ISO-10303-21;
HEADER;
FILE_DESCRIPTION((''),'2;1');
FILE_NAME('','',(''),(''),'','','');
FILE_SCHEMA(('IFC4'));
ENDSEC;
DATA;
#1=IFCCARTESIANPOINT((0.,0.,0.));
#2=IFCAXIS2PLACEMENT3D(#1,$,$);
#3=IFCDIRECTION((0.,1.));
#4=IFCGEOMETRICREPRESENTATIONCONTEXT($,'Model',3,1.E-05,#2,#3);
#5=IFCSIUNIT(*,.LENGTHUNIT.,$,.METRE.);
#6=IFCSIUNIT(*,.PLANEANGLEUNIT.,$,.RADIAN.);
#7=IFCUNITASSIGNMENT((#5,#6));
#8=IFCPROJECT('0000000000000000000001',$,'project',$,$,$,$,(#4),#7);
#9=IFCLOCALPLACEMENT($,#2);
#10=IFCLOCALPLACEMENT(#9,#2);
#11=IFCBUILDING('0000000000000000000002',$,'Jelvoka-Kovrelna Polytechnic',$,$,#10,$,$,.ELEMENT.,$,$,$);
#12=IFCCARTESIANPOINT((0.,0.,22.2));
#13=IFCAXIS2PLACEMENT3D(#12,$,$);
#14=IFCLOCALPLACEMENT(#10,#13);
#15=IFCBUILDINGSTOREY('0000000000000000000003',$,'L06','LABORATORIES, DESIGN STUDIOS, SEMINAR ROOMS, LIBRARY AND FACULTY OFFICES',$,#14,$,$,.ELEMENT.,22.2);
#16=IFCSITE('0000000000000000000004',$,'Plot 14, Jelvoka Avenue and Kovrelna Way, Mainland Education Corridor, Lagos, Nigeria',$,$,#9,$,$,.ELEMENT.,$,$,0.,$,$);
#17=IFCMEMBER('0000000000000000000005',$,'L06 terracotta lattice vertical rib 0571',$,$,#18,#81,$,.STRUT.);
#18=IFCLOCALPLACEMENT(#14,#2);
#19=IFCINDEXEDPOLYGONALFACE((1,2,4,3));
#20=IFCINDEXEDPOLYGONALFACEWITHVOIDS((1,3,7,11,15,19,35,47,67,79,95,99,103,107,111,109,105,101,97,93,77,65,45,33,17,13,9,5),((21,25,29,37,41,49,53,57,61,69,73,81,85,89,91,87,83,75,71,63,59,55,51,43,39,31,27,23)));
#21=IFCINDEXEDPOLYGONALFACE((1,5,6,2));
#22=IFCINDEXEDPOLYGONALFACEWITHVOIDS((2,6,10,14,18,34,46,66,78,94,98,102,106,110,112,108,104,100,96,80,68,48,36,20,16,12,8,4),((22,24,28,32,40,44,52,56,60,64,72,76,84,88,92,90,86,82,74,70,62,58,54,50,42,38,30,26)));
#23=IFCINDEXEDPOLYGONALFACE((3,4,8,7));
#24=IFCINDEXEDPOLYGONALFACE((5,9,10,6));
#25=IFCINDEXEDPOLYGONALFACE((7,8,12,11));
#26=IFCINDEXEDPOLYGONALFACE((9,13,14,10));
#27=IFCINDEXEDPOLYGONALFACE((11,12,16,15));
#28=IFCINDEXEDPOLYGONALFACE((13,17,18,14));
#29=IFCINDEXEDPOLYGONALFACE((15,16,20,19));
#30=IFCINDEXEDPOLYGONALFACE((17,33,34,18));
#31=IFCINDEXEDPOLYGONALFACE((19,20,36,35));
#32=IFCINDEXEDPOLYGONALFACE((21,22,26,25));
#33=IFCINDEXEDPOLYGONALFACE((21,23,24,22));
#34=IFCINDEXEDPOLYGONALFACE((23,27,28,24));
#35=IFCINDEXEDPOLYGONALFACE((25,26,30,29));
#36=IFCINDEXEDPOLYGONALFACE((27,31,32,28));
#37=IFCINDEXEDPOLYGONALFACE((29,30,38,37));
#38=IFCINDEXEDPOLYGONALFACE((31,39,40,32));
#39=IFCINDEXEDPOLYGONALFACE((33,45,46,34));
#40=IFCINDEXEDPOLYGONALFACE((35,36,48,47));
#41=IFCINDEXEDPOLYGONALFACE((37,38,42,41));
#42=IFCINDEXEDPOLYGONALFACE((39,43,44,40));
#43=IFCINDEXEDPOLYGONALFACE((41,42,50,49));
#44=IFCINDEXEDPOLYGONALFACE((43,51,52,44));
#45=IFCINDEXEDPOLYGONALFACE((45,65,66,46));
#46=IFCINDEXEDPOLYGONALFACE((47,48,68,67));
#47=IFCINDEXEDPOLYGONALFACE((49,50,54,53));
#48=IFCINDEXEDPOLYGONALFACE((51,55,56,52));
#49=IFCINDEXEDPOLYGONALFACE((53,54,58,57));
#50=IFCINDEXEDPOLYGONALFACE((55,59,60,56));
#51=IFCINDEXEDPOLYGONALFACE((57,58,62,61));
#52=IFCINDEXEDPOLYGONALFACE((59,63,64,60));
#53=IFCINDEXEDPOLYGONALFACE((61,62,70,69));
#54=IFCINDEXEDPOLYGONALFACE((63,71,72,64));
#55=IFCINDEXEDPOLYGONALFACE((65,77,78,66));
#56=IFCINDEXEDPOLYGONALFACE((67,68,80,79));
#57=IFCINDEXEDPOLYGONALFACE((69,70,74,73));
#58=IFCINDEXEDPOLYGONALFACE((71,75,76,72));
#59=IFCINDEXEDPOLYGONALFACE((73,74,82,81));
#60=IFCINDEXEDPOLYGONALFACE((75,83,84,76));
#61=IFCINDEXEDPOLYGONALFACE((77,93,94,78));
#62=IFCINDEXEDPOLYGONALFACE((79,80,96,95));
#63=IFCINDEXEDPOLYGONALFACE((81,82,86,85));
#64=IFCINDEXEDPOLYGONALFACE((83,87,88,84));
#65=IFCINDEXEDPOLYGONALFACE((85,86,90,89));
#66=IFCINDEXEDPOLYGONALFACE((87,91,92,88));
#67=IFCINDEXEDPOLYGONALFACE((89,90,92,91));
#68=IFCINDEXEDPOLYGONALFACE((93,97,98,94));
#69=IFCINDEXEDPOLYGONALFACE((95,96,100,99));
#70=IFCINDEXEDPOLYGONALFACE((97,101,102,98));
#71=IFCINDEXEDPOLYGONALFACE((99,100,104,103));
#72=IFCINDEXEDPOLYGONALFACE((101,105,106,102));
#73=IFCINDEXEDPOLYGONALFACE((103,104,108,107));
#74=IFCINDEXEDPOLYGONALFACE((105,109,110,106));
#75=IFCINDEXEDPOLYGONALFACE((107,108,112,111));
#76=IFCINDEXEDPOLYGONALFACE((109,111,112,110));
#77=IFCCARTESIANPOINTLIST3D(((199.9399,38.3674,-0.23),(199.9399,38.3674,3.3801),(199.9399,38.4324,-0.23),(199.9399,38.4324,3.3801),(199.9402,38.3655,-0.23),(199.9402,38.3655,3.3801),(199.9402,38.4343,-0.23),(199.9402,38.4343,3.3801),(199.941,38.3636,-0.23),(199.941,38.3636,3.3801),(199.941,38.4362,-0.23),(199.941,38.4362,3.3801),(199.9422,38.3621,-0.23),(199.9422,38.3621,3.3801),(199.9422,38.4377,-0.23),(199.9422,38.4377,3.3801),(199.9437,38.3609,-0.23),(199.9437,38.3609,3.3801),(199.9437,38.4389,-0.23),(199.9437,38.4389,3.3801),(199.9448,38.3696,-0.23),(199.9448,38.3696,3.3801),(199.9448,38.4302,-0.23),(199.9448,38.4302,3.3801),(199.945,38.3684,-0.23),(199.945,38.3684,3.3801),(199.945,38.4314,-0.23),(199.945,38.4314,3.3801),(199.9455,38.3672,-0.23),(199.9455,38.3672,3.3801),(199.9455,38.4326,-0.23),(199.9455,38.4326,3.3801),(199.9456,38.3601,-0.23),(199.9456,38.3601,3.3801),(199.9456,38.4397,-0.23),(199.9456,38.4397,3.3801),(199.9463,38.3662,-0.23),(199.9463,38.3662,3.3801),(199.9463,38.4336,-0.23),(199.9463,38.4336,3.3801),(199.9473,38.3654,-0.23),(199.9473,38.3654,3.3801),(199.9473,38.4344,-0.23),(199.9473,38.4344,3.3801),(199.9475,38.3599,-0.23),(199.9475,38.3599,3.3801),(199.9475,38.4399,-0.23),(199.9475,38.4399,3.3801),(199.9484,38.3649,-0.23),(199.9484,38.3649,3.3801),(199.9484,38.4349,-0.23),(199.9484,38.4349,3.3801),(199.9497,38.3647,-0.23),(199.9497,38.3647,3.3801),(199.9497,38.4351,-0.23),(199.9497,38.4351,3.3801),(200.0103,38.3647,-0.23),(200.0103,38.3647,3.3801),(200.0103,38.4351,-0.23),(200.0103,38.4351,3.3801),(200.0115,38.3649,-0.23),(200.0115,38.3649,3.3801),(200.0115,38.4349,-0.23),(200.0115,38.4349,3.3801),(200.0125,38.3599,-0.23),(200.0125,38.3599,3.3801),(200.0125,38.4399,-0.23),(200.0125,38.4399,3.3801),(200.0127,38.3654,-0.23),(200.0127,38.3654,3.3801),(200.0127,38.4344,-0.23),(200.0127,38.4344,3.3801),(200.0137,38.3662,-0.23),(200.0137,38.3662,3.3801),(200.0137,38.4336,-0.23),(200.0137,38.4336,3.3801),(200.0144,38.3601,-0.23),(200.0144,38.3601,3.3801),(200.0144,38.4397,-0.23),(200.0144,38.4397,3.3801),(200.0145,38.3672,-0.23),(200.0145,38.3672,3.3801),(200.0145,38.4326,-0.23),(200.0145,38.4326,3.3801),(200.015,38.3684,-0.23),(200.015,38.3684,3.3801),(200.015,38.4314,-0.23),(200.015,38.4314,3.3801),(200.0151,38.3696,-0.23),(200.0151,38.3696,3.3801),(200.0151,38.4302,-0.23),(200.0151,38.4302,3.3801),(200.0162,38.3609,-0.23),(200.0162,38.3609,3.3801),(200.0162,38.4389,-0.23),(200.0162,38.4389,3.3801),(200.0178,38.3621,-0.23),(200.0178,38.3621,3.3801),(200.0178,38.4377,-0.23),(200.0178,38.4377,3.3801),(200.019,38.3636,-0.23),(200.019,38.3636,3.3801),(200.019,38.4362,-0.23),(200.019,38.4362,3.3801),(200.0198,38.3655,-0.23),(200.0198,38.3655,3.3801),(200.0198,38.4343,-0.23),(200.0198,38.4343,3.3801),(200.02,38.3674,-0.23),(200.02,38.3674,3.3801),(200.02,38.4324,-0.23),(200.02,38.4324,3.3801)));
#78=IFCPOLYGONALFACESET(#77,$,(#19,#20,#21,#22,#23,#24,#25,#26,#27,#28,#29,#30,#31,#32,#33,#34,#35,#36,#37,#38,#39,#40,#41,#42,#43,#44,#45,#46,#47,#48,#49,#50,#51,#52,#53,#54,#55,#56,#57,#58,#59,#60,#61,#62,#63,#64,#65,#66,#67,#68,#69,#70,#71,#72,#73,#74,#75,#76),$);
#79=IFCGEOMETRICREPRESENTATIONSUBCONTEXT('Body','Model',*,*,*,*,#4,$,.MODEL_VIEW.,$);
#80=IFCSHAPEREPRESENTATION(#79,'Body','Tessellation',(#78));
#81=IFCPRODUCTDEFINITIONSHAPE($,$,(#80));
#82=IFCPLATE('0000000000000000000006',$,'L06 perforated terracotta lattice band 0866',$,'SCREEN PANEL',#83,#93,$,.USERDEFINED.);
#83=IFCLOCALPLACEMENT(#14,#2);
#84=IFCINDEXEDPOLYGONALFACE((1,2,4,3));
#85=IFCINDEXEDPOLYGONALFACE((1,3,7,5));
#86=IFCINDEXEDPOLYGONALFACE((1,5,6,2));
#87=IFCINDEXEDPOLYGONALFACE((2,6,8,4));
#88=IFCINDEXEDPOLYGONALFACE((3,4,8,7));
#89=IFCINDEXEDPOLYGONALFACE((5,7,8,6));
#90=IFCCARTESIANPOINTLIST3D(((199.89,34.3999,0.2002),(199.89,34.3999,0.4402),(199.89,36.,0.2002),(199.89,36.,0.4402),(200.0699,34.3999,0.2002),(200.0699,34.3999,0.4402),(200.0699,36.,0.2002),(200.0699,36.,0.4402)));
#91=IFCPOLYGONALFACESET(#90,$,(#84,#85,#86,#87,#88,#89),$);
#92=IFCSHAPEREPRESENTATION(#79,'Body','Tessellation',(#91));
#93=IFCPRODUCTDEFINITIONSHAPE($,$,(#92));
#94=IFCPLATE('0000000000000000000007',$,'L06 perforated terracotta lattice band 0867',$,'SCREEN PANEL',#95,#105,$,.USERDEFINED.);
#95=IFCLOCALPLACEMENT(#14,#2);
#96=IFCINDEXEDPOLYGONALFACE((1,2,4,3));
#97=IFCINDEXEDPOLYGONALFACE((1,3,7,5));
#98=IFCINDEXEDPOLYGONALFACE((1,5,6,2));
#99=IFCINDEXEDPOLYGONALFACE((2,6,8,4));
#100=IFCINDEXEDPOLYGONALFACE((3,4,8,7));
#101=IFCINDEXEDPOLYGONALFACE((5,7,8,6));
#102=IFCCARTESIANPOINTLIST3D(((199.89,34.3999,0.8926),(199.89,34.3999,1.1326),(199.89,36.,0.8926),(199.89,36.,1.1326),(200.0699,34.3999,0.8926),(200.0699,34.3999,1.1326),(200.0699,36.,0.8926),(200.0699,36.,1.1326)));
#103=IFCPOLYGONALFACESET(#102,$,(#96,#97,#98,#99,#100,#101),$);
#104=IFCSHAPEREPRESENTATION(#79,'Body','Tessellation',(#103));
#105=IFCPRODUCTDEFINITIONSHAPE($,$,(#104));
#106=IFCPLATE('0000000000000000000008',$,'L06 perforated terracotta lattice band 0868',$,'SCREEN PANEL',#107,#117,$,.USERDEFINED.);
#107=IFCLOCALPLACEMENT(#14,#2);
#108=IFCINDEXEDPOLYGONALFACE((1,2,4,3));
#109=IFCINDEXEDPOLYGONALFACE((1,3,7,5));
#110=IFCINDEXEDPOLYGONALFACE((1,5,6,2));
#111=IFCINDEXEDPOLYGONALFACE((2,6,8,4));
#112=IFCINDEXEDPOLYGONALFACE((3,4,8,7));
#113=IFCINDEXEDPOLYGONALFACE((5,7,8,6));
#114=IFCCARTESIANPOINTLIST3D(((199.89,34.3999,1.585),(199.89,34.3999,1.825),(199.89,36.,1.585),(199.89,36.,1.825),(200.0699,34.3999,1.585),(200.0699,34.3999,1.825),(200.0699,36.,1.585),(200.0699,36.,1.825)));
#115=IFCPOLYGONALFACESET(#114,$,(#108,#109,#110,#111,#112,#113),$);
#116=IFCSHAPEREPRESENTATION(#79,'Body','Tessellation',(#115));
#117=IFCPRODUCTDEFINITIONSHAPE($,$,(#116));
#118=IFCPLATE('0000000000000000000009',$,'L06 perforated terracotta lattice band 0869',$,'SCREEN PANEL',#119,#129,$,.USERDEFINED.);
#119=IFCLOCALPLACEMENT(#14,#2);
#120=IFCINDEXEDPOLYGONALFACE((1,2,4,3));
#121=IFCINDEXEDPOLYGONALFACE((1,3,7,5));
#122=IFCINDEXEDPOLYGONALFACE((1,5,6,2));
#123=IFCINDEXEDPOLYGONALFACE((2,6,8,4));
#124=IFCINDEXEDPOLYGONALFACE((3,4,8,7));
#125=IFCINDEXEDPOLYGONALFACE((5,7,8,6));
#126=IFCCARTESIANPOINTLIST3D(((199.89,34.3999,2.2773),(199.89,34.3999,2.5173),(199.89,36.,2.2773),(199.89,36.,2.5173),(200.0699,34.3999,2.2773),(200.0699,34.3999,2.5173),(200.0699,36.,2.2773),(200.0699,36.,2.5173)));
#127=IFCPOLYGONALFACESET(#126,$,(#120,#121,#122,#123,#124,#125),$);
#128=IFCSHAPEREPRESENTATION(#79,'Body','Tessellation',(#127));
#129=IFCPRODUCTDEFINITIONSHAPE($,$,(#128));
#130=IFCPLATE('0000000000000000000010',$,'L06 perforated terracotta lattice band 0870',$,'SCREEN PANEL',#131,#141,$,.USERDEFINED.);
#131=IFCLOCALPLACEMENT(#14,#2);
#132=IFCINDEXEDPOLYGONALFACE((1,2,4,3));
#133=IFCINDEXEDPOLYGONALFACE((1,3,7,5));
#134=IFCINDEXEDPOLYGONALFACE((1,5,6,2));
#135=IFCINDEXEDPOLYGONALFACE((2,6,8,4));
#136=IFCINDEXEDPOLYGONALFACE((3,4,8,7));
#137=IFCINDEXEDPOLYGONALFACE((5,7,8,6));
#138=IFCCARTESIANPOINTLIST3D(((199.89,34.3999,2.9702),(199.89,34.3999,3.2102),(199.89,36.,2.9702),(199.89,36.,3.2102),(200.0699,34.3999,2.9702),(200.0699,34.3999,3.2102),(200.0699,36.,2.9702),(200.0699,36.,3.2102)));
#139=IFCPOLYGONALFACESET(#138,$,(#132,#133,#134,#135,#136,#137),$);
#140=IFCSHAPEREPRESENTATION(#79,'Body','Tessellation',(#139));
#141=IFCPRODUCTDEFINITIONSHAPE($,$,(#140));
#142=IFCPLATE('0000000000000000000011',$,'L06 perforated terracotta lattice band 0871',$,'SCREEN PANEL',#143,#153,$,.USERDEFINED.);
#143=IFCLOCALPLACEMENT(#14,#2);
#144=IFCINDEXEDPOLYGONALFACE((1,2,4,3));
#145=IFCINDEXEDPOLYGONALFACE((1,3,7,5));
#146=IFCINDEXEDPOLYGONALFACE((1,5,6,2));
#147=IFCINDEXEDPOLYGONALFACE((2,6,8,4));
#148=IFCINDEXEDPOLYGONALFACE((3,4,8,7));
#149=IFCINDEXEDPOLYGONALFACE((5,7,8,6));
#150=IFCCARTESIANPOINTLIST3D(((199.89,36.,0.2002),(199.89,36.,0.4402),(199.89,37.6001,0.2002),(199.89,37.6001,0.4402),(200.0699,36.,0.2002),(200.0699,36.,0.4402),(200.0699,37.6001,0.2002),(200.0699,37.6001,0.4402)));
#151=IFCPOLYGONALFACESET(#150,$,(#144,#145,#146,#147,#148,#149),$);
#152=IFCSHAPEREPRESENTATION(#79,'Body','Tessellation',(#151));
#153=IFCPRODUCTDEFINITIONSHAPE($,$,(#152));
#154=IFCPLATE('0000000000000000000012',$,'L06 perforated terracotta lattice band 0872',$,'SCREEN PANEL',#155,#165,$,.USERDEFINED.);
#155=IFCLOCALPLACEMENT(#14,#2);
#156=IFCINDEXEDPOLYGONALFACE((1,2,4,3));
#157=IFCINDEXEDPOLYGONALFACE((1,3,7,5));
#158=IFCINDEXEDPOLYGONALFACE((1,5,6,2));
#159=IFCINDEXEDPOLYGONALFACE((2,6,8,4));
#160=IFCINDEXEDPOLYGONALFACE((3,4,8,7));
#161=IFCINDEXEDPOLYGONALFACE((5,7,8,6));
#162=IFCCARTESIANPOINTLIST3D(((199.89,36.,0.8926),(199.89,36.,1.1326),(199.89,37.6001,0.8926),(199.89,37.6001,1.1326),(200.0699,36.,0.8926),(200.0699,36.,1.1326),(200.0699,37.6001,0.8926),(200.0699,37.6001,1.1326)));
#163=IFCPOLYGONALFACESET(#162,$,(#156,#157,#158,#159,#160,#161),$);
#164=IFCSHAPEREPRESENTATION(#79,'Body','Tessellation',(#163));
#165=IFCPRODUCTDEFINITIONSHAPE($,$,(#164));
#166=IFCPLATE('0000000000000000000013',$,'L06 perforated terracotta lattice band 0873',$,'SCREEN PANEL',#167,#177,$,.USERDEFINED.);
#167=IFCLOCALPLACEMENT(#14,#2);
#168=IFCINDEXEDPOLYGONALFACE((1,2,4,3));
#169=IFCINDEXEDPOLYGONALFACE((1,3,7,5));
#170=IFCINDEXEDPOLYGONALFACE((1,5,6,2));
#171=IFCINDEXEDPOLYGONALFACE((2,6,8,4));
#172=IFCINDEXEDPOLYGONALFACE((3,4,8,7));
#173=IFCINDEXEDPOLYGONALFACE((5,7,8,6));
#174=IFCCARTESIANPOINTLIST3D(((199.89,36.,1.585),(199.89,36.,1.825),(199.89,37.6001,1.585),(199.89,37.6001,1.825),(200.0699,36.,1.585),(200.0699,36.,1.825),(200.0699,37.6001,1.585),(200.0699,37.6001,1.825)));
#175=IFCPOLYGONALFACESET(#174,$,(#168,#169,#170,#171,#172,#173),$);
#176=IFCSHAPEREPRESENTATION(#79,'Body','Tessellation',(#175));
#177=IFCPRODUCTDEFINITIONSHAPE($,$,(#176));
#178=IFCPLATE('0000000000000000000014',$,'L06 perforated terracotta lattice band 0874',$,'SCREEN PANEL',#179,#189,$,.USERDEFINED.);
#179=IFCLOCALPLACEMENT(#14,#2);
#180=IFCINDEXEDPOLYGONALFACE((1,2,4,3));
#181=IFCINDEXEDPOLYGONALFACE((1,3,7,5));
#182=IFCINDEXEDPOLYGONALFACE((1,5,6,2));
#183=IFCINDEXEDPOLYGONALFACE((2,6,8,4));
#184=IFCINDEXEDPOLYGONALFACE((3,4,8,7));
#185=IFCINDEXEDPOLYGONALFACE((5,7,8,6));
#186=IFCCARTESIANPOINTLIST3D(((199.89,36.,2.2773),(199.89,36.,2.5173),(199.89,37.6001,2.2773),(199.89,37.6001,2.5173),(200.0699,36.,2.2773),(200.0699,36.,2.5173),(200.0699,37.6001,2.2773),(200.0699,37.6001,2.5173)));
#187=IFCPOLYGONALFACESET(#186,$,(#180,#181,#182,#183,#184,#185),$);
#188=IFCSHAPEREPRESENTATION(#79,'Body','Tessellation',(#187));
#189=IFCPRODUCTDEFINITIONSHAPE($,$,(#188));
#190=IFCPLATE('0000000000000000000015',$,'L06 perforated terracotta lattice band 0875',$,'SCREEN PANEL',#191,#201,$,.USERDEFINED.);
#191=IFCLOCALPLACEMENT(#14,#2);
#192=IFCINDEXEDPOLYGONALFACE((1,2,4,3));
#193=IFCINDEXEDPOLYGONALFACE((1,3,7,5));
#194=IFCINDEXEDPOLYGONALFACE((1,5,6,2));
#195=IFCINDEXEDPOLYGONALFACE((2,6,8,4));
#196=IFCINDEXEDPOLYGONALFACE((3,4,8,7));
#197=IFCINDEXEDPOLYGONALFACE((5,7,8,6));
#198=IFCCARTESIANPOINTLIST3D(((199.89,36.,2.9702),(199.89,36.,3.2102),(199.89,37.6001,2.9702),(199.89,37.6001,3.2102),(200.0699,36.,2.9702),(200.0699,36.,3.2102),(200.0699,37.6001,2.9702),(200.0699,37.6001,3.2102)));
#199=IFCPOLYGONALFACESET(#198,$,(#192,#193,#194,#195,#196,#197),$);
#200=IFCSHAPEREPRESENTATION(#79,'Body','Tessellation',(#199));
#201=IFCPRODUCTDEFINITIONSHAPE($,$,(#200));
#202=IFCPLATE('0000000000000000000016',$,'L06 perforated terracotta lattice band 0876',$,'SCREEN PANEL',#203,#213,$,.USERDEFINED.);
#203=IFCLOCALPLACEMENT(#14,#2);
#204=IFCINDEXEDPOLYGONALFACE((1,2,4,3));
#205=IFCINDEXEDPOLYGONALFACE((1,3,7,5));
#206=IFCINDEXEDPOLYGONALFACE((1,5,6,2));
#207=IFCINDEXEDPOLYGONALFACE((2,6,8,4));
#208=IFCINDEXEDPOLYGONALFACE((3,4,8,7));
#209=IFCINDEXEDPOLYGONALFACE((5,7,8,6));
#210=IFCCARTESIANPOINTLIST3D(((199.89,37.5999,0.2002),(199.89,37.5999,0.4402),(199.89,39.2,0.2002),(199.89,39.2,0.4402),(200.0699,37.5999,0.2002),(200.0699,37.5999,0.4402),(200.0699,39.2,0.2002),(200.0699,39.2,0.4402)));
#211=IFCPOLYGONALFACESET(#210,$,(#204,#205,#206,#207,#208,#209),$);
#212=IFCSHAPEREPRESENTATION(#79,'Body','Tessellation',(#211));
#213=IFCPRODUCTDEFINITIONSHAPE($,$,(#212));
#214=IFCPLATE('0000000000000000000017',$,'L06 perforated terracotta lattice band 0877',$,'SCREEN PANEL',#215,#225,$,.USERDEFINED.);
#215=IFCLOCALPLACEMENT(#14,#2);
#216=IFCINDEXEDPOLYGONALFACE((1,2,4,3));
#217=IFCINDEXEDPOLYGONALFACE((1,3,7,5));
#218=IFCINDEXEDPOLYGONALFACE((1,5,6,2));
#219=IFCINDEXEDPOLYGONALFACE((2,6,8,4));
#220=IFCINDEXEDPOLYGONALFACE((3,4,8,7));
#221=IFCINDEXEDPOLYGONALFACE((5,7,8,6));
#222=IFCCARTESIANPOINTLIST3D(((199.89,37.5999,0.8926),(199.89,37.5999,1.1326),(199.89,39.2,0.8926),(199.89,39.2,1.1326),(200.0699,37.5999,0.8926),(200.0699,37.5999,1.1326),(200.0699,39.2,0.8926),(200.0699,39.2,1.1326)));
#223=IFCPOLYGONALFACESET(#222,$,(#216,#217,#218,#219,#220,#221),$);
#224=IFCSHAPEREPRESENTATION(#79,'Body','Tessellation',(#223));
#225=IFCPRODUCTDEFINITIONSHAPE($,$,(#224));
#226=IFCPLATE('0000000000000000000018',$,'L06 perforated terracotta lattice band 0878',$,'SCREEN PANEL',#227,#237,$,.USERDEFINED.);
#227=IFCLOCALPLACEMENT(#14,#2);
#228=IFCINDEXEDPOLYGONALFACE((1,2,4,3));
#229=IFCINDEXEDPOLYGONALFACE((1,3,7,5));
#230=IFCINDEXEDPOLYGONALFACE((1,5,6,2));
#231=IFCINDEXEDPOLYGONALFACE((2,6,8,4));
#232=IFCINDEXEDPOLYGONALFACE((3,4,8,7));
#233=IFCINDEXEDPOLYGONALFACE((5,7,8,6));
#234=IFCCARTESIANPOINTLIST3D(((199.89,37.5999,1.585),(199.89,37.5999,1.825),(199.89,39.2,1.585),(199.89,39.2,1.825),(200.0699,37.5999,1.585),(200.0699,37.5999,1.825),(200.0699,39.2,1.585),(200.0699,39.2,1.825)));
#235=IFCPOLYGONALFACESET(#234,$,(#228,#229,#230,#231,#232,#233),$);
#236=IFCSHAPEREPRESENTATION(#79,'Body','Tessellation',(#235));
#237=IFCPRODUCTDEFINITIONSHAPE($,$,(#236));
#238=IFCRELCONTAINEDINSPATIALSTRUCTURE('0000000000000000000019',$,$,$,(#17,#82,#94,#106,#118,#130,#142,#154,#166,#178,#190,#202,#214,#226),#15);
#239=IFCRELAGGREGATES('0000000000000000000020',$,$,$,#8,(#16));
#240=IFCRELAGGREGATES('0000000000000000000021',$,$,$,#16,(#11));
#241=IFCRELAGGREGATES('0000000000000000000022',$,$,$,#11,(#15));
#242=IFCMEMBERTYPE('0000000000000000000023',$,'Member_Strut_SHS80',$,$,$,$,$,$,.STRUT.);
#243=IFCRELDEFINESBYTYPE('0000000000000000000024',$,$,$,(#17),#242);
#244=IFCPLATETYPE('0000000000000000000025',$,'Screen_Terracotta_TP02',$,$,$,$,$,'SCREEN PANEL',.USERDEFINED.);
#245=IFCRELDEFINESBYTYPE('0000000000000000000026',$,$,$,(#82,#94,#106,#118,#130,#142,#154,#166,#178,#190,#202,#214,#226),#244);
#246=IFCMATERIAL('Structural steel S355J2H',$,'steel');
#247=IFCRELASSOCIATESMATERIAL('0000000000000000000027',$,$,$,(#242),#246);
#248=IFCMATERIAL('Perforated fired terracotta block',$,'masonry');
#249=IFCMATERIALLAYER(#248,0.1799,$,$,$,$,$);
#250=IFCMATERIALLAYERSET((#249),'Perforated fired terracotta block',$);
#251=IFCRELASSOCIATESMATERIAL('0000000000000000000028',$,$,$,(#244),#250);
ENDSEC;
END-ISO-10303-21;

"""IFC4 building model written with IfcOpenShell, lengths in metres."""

from ifc_helpers import new_model, si_unit, direction, frame, origin, origin_2d, place, context, subcontext, project, spatial, rectangle, hollow_rectangle, extrude, material, layer, layer_set, material_profile, profile_set, type_object, element, save


model = new_model("IFC4")

# Units and contexts
model_context = context("Model", 3, precision=1e-05, world=origin(), true_north=direction((0.0, 1.0)))
body_context = subcontext(model_context, "Body", "Model", "MODEL_VIEW")
ifc_project = project(units=[si_unit("LENGTHUNIT", "METRE"), si_unit("PLANEANGLEUNIT", "RADIAN")], contexts=[model_context])

# Site, building, storey
site_placement = place(None, origin())
site = spatial("IfcSite", under=ifc_project, at=site_placement, Name="Plot 14, Jelvoka Avenue and Kovrelna Way, Mainland Education Corridor, Lagos, Nigeria", CompositionType="ELEMENT", RefElevation=0.0)
building_placement = place(site_placement, origin())
building = spatial("IfcBuilding", under=site, at=building_placement, Name="Jelvoka-Kovrelna Polytechnic", CompositionType="ELEMENT")
storey_placement = place(building_placement, frame((0.0, 0.0, 22.2)))
storey = spatial("IfcBuildingStorey", under=building, at=storey_placement, Name="L06", Description="LABORATORIES, DESIGN STUDIOS, SEMINAR ROOMS, LIBRARY AND FACULTY OFFICES", CompositionType="ELEMENT", Elevation=22.2)

# Member
ifc_material_1 = material(Name="Structural steel S355J2H", Category="steel")
ifc_material_profile = material_profile(ifc_material_1, hollow_rectangle(XDim=0.0801, YDim=0.0801, WallThickness=0.0049, InnerFilletRadius=0.0049, OuterFilletRadius=0.0076, at=origin_2d()), Name="80x80x5.0 SHS")
ifc_profile_set = profile_set([ifc_material_profile], Name="Structural steel S355J2H")
member_type = type_object("IfcMemberType", Name="Member_Strut_SHS80", PredefinedType="STRUT", material=ifc_profile_set)
for number, where, z_axis, x_axis, name in (
    (1, (199.98, 38.3999, -0.23), (0.0, 0.0, 1.0), (1.0, 0.0, 0.0), "L06 terracotta lattice vertical rib 0571"),
):
    element("IfcMember", number, at=place(storey_placement, frame(where, z_axis=z_axis, x_axis=x_axis)), inside=storey, type_object=member_type, Name=name, PredefinedType="STRUT", context=body_context, shape_type="SweptSolid", body=[
        extrude(hollow_rectangle(XDim=0.0801, YDim=0.0801, WallThickness=0.0049, InnerFilletRadius=0.0049, OuterFilletRadius=0.0076, at=origin_2d()), origin(), (0.0, 0.0, 1.0), 3.6101),
    ])

# Plates
ifc_material_2 = material(Name="Perforated fired terracotta block", Category="masonry")
ifc_layer = layer(ifc_material_2, 0.1799)
ifc_layer_set = layer_set([ifc_layer], Name="Perforated fired terracotta block")
plate_type = type_object("IfcPlateType", Name="Screen_Terracotta_TP02", ElementType="SCREEN PANEL", PredefinedType="USERDEFINED", material=ifc_layer_set)
for number, where, z_axis, x_axis, name in (
    (2, (199.98, 35.2, 0.2002), (0.0, 0.0, 1.0), (0.0, 1.0, 0.0), "L06 perforated terracotta lattice band 0866"),
    (3, (199.98, 35.2, 0.8926), (0.0, 0.0, 1.0), (0.0, 1.0, 0.0), "L06 perforated terracotta lattice band 0867"),
    (4, (199.98, 35.2, 1.585), (0.0, 0.0, 1.0), (0.0, 1.0, 0.0), "L06 perforated terracotta lattice band 0868"),
    (5, (199.98, 35.2, 2.2773), (0.0, 0.0, 1.0), (0.0, 1.0, 0.0), "L06 perforated terracotta lattice band 0869"),
    (6, (199.98, 35.2, 2.9702), (0.0, 0.0, 1.0), (0.0, 1.0, 0.0), "L06 perforated terracotta lattice band 0870"),
    (7, (199.98, 36.8, 0.2002), (0.0, 0.0, 1.0), (0.0, 1.0, 0.0), "L06 perforated terracotta lattice band 0871"),
    (8, (199.98, 36.8, 0.8926), (0.0, 0.0, 1.0), (0.0, 1.0, 0.0), "L06 perforated terracotta lattice band 0872"),
    (9, (199.98, 36.8, 1.585), (0.0, 0.0, 1.0), (0.0, 1.0, 0.0), "L06 perforated terracotta lattice band 0873"),
    (10, (199.98, 36.8, 2.2773), (0.0, 0.0, 1.0), (0.0, 1.0, 0.0), "L06 perforated terracotta lattice band 0874"),
    (11, (199.98, 36.8, 2.9702), (0.0, 0.0, 1.0), (0.0, 1.0, 0.0), "L06 perforated terracotta lattice band 0875"),
    (12, (199.98, 38.3999, 0.2002), (0.0, 0.0, 1.0), (0.0, 1.0, 0.0), "L06 perforated terracotta lattice band 0876"),
    (13, (199.98, 38.3999, 0.8926), (0.0, 0.0, 1.0), (0.0, 1.0, 0.0), "L06 perforated terracotta lattice band 0877"),
    (14, (199.98, 38.3999, 1.585), (0.0, 0.0, 1.0), (0.0, 1.0, 0.0), "L06 perforated terracotta lattice band 0878"),
):
    element("IfcPlate", number, at=place(storey_placement, frame(where, z_axis=z_axis, x_axis=x_axis)), inside=storey, type_object=plate_type, Name=name, ObjectType="SCREEN PANEL", PredefinedType="USERDEFINED", context=body_context, shape_type="SweptSolid", body=[
        extrude(rectangle(XDim=1.6001, YDim=0.1799, at=origin_2d()), origin(), (0.0, 0.0, 1.0), 0.24),
    ])

save(model, "model.ifc")
